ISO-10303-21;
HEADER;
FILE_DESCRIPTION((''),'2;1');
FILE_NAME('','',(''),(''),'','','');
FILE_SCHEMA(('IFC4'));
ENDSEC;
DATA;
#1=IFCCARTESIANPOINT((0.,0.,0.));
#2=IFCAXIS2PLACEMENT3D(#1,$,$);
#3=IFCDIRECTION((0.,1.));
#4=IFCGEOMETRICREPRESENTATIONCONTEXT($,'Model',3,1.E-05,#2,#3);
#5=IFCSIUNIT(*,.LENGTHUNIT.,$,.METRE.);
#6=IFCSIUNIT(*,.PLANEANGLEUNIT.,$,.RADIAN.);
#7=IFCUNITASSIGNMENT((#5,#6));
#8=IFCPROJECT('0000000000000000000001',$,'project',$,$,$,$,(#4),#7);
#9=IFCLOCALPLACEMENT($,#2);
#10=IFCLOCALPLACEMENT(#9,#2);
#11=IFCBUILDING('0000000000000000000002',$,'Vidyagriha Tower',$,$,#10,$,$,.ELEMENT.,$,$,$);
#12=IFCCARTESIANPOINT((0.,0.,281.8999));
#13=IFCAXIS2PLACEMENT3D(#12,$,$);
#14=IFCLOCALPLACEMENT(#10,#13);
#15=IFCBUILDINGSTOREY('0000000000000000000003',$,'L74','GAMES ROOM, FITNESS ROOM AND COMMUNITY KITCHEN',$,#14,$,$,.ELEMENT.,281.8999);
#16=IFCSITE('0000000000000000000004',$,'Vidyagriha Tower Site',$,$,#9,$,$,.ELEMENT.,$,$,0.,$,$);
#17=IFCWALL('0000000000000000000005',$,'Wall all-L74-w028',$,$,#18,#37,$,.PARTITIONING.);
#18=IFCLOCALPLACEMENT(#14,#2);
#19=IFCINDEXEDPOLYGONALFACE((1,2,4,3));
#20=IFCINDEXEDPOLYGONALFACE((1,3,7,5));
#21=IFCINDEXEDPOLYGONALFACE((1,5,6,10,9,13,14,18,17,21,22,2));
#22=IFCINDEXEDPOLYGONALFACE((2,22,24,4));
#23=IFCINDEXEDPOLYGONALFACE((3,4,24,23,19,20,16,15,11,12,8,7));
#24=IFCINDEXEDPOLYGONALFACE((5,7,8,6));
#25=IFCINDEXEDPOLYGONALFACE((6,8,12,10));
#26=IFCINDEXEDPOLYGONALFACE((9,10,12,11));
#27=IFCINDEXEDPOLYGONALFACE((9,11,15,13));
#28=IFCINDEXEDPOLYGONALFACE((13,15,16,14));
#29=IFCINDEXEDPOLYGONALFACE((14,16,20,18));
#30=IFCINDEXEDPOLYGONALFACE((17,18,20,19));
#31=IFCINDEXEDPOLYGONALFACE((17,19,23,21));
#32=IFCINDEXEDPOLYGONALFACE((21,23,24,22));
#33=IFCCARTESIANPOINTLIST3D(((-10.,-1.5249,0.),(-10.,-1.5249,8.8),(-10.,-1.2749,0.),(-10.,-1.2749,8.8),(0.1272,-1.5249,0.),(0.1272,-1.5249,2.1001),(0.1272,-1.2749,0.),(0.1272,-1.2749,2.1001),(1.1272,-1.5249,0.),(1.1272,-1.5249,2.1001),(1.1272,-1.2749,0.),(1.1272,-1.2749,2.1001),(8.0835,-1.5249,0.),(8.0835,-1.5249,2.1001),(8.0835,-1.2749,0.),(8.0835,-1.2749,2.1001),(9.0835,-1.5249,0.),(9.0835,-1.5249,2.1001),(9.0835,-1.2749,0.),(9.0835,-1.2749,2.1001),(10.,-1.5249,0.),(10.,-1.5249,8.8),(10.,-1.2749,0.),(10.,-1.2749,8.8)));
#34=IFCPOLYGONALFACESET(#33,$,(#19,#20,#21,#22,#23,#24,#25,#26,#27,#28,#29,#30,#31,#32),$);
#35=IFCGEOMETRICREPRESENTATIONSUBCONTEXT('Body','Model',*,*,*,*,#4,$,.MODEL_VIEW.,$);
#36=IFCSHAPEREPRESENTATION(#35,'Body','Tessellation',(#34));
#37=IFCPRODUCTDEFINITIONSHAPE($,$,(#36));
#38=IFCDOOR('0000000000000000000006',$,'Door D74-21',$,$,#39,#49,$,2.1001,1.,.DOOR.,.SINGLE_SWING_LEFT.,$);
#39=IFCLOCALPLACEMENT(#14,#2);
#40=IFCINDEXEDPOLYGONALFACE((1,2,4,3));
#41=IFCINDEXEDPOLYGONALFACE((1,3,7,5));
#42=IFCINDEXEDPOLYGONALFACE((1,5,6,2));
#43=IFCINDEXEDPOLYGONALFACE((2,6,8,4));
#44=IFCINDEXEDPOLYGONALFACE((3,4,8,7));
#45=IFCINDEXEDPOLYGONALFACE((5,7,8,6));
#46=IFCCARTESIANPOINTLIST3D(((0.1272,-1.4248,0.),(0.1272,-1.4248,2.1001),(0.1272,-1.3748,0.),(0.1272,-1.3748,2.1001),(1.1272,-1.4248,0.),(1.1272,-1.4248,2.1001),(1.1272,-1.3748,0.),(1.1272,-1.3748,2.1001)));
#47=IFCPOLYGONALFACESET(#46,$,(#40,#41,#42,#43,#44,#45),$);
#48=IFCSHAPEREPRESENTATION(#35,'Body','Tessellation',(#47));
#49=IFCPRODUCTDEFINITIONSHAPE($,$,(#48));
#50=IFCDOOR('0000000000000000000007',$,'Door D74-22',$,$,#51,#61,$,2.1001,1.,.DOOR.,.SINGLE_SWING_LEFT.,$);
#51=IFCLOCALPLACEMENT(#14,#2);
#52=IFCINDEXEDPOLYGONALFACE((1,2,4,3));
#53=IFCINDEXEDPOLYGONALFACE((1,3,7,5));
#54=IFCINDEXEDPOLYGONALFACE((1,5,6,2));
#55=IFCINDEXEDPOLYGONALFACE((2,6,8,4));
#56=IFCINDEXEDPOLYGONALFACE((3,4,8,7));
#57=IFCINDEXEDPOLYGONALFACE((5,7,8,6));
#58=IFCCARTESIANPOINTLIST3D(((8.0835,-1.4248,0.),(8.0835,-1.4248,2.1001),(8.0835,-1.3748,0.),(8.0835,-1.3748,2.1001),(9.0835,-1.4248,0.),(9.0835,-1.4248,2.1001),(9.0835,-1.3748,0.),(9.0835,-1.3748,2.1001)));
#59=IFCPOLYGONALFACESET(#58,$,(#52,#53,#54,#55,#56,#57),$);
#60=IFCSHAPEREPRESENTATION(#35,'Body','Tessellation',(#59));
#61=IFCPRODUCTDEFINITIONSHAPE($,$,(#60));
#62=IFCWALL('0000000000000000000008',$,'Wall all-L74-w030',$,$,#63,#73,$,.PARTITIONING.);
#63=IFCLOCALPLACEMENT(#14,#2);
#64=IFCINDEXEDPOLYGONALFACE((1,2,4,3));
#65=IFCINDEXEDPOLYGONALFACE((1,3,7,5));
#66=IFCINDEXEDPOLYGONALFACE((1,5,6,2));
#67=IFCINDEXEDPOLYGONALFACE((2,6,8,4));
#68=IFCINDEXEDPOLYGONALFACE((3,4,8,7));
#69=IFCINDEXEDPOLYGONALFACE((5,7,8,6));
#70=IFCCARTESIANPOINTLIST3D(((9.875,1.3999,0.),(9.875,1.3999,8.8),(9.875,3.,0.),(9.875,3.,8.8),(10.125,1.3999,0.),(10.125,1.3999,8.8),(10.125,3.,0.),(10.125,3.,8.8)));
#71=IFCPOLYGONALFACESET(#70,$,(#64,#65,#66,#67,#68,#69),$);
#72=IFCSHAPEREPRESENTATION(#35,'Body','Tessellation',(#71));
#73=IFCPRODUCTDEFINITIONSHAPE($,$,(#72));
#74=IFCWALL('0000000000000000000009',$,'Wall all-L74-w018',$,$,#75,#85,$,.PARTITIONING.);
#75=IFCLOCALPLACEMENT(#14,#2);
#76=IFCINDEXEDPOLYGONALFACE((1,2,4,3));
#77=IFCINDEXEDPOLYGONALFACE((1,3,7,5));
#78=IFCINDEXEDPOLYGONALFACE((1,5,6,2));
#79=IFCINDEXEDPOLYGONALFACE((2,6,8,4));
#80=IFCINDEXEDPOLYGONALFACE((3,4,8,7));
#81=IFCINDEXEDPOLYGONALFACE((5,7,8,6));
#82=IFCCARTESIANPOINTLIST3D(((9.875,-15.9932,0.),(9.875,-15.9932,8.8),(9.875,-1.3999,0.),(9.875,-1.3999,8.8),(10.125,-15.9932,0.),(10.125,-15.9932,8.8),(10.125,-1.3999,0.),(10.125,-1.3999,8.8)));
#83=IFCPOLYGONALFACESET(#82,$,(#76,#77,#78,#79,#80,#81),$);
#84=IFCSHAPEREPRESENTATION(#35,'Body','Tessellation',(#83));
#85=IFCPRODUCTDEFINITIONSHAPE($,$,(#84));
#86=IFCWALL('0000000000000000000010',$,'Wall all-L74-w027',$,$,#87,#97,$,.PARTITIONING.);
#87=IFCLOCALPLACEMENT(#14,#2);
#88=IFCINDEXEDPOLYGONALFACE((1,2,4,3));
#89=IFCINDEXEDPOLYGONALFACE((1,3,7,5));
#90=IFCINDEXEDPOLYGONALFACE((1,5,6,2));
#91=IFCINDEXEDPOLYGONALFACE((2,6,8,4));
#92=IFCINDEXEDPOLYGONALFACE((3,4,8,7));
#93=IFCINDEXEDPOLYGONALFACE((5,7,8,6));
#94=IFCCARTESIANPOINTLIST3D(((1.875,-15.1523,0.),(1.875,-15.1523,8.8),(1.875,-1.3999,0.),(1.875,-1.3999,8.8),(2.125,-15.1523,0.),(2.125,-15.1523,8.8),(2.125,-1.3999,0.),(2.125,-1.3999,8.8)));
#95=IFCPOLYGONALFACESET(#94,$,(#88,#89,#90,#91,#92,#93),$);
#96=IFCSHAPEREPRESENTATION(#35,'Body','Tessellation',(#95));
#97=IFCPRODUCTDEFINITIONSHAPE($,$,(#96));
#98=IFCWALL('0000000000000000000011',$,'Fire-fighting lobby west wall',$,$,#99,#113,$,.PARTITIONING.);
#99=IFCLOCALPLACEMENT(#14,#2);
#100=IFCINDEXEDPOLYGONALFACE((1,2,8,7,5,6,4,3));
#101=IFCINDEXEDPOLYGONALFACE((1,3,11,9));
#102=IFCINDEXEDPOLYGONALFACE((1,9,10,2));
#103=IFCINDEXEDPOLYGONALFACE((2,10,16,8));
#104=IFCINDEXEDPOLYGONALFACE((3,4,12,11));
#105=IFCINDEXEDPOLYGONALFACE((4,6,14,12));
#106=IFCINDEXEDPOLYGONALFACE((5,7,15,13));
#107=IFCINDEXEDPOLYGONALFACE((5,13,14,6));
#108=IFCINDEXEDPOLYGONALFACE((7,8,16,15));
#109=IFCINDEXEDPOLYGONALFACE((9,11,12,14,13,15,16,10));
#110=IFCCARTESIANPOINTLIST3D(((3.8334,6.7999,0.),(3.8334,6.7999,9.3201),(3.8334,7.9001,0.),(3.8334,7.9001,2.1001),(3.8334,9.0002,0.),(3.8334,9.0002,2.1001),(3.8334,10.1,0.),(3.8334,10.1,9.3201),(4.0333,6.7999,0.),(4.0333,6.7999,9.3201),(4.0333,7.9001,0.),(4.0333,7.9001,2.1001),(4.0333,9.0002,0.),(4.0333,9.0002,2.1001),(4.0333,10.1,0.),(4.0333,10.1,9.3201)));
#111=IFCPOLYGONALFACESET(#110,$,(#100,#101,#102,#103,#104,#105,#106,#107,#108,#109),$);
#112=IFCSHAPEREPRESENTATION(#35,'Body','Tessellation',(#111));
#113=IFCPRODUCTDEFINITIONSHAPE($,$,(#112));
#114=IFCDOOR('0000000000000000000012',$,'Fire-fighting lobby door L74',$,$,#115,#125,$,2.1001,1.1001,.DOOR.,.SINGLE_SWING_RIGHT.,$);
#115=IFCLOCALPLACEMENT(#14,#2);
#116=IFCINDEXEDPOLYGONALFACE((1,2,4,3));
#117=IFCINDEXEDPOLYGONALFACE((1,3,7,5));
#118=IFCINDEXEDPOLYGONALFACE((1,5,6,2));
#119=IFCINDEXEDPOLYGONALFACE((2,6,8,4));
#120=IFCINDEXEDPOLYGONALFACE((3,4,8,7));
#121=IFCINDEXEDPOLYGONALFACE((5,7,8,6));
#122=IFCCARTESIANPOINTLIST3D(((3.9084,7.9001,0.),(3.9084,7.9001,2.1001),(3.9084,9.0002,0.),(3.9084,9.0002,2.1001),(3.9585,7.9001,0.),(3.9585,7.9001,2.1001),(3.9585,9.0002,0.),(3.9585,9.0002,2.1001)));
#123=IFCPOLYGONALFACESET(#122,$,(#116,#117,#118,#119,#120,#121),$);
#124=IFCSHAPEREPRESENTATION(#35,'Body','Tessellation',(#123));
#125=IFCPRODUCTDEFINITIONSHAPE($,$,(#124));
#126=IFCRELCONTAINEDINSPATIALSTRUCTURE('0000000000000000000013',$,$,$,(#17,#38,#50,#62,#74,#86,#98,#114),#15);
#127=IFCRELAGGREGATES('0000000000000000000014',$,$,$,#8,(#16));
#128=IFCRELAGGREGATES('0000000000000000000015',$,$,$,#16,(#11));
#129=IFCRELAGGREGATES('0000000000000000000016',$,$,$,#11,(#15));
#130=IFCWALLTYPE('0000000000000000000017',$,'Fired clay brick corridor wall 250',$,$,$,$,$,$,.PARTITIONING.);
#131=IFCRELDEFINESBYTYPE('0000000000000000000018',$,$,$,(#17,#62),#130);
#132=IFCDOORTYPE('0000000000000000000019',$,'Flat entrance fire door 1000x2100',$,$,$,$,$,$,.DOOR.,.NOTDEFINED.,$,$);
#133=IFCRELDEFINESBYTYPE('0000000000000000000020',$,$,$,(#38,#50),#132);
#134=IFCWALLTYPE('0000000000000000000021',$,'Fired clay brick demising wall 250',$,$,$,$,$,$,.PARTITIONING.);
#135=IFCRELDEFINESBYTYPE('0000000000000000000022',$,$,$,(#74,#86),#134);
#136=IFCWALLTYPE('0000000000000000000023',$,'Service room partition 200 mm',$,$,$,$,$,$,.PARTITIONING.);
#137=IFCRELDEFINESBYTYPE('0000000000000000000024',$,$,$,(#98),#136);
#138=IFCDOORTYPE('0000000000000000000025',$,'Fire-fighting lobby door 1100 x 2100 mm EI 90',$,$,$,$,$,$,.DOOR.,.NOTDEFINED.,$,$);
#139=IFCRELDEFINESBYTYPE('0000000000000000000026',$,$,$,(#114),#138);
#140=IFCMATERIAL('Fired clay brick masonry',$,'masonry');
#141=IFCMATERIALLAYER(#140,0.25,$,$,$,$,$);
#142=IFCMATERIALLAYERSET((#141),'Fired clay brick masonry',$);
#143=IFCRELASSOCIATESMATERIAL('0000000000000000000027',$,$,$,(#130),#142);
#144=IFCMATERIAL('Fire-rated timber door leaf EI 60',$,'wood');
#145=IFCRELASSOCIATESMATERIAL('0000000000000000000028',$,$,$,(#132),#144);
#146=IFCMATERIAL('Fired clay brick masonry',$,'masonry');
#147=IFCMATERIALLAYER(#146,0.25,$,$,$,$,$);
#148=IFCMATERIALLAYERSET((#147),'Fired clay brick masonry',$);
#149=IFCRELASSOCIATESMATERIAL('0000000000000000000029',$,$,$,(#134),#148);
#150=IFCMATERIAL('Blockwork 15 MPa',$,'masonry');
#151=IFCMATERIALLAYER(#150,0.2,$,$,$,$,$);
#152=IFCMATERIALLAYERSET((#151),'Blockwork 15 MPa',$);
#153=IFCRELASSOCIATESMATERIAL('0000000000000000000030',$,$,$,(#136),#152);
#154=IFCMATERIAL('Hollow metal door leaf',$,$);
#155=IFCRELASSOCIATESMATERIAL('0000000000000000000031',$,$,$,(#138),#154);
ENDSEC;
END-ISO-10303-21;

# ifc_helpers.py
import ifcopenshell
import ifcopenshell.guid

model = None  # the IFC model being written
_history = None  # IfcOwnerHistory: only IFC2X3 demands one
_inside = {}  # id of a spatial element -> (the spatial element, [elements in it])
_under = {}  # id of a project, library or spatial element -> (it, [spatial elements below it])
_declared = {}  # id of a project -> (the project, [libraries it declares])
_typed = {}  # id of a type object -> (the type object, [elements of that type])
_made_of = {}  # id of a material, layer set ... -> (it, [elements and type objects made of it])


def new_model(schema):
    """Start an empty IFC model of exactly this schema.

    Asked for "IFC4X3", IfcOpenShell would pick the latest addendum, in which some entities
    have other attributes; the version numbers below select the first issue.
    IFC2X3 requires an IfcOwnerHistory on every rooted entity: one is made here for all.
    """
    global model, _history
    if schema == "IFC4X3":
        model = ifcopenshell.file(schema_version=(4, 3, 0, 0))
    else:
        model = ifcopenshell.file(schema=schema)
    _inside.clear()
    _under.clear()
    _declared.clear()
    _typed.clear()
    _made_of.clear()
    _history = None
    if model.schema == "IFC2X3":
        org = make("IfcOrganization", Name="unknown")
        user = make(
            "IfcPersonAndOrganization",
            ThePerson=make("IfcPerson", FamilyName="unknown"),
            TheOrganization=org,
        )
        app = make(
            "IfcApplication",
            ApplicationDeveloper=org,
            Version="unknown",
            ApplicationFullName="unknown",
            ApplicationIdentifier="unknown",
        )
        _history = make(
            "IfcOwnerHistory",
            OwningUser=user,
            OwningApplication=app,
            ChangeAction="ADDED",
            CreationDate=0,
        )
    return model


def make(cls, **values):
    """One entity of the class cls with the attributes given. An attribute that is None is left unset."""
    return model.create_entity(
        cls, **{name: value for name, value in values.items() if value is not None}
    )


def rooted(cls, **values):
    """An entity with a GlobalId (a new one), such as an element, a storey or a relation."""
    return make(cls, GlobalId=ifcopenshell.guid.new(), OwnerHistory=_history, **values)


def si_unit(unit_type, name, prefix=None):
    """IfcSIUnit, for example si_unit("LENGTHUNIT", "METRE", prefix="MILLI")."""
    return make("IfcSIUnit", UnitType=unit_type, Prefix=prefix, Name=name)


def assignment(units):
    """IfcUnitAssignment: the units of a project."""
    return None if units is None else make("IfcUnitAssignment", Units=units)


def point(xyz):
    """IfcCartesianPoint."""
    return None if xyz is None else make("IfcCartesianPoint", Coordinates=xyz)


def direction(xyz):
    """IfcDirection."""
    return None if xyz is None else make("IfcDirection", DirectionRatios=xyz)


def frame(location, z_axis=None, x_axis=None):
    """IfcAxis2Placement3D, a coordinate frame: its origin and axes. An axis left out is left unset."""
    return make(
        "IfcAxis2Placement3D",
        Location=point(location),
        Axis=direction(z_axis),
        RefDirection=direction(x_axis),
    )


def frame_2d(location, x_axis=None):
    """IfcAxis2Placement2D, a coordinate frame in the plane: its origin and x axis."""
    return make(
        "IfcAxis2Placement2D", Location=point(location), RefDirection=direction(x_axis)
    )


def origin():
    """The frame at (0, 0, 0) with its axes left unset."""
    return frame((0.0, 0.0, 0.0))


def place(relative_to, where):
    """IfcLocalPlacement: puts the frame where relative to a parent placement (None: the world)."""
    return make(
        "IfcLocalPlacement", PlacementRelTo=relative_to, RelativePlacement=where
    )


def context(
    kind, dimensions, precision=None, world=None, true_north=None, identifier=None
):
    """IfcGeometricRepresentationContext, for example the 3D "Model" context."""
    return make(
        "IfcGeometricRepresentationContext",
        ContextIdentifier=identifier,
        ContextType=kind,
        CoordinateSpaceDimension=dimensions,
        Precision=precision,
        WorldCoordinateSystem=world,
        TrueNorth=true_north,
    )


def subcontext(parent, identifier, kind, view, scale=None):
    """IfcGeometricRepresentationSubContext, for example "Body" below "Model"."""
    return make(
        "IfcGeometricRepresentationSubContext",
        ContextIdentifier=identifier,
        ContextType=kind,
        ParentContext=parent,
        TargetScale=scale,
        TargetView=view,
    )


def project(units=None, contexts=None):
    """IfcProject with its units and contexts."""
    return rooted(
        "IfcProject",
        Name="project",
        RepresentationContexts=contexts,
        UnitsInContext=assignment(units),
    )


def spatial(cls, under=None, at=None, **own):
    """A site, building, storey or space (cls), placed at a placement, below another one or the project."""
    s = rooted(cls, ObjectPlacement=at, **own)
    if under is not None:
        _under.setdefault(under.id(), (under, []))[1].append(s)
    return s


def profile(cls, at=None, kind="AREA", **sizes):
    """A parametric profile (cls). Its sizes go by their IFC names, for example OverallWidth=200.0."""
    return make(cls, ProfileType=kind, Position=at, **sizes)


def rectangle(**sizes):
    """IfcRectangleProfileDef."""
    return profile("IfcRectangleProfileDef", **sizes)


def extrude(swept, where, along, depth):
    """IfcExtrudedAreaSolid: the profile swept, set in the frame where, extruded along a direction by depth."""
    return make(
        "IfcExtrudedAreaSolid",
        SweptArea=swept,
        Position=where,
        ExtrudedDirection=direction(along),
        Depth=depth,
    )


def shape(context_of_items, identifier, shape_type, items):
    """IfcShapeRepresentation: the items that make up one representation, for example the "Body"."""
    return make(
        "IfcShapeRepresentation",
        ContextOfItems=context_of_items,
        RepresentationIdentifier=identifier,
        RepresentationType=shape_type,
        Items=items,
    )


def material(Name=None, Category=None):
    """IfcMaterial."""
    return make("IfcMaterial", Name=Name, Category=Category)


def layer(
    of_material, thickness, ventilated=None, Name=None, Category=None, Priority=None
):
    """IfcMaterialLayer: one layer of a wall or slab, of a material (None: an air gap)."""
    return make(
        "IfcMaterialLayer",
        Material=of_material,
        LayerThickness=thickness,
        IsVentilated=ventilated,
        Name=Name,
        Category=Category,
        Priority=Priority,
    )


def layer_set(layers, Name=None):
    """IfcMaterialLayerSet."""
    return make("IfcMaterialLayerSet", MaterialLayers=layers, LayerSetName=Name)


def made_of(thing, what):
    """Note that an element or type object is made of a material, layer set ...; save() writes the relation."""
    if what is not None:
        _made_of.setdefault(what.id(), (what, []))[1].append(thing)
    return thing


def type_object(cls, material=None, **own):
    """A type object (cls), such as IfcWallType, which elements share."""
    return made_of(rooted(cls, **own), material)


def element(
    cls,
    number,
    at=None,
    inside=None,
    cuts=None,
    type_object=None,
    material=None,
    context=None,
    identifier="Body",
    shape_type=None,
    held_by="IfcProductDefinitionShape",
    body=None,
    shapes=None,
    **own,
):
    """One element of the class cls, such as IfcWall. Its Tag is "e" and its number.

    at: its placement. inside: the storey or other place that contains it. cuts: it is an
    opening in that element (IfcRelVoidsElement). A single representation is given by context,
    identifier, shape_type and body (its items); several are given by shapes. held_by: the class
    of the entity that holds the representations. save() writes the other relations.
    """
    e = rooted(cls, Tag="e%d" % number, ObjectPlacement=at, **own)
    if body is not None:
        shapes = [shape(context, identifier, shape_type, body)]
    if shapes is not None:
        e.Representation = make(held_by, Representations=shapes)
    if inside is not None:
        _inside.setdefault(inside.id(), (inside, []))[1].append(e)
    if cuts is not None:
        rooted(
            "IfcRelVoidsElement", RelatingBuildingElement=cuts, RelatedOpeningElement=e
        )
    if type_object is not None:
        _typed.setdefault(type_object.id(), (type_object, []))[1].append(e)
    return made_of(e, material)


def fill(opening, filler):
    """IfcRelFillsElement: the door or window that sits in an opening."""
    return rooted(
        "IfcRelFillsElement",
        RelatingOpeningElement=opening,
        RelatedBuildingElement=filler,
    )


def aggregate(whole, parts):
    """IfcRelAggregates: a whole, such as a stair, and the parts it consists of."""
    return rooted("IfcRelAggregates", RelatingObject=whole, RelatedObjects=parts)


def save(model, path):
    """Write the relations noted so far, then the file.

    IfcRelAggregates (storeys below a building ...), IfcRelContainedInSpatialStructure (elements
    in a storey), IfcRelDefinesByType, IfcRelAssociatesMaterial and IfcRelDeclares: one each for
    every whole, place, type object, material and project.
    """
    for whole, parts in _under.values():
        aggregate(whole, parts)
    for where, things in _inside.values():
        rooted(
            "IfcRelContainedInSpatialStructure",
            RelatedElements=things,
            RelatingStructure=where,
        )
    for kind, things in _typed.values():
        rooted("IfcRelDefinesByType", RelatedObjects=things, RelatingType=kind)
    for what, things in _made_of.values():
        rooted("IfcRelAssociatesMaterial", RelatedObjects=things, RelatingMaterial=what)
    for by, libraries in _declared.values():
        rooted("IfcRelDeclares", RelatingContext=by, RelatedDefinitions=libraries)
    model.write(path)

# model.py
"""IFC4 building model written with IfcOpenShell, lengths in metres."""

from ifc_helpers import new_model, si_unit, direction, frame, frame_2d, origin, place, context, subcontext, project, spatial, rectangle, extrude, material, layer, layer_set, type_object, element, fill, save


model = new_model("IFC4")

# Units and contexts
model_context = context("Model", 3, precision=1e-05, world=origin(), true_north=direction((0.0, 1.0)))
body_context = subcontext(model_context, "Body", "Model", "MODEL_VIEW")
ifc_project = project(units=[si_unit("LENGTHUNIT", "METRE"), si_unit("PLANEANGLEUNIT", "RADIAN")], contexts=[model_context])

# Site, building, storey
site_placement = place(None, origin())
site = spatial("IfcSite", under=ifc_project, at=site_placement, Name="Vidyagriha Tower Site", CompositionType="ELEMENT", RefElevation=0.0)
building_placement = place(site_placement, origin())
building = spatial("IfcBuilding", under=site, at=building_placement, Name="Vidyagriha Tower", CompositionType="ELEMENT")
storey_placement = place(building_placement, frame((0.0, 0.0, 281.8999)))
storey = spatial("IfcBuildingStorey", under=building, at=storey_placement, Name="L74", Description="GAMES ROOM, FITNESS ROOM AND COMMUNITY KITCHEN", CompositionType="ELEMENT", Elevation=281.8999)

# Wall, openings, doors
ifc_material_1 = material(Name="Fired clay brick masonry", Category="masonry")
ifc_layer_1 = layer(ifc_material_1, 0.25)
ifc_layer_set_1 = layer_set([ifc_layer_1], Name="Fired clay brick masonry")
wall_type_1 = type_object("IfcWallType", Name="Fired clay brick corridor wall 250", PredefinedType="PARTITIONING", material=ifc_layer_set_1)
ifc_material_2 = material(Name="Fire-rated timber door leaf EI 60", Category="wood")
door_type_1 = type_object("IfcDoorType", Name="Flat entrance fire door 1000x2100", OperationType="NOTDEFINED", PredefinedType="DOOR", material=ifc_material_2)
wall_1_placement = place(storey_placement, frame((10.0, -1.3999, 0.0), z_axis=(0.0, 0.0, 1.0), x_axis=(-1.0, 0.0, 0.0)))
wall_1 = element("IfcWall", 1, at=wall_1_placement, inside=storey, type_object=wall_type_1, Name="Wall all-L74-w028", PredefinedType="PARTITIONING", context=body_context, shape_type="SweptSolid", body=[
    extrude(rectangle(XDim=20.0, YDim=0.25, at=frame_2d((10.0, 0.0))), origin(), (0.0, 0.0, 1.0), 8.8),
])
opening_1_placement = place(wall_1_placement, frame((8.8728, 0.0, 0.0)))
opening_1 = element("IfcOpeningElement", 2, at=opening_1_placement, cuts=wall_1, PredefinedType="OPENING", context=body_context, shape_type="SweptSolid", body=[
    extrude(rectangle(XDim=1.0, YDim=2.1001, at=frame_2d((0.5, 1.05))), frame((0.0, 0.135, 0.0), z_axis=(0.0, -1.0, 0.0), x_axis=(1.0, 0.0, 0.0)), (0.0, 0.0, 1.0), 0.27),
])
opening_2_placement = place(wall_1_placement, frame((0.9165, 0.0, 0.0)))
opening_2 = element("IfcOpeningElement", 3, at=opening_2_placement, cuts=wall_1, PredefinedType="OPENING", context=body_context, shape_type="SweptSolid", body=[
    extrude(rectangle(XDim=1.0, YDim=2.1001, at=frame_2d((0.5, 1.05))), frame((0.0, 0.135, 0.0), z_axis=(0.0, -1.0, 0.0), x_axis=(1.0, 0.0, 0.0)), (0.0, 0.0, 1.0), 0.27),
])
door_1_placement = place(opening_1_placement, origin())
door_1 = element("IfcDoor", 4, at=door_1_placement, inside=storey, type_object=door_type_1, Name="Door D74-21", OperationType="SINGLE_SWING_LEFT", OverallHeight=2.1001, OverallWidth=1.0, PredefinedType="DOOR", context=body_context, shape_type="SweptSolid", body=[
    extrude(rectangle(XDim=1.0, YDim=2.1001, at=frame_2d((0.5, 1.05))), frame((0.0, 0.0249, 0.0), z_axis=(0.0, -1.0, 0.0), x_axis=(1.0, 0.0, 0.0)), (0.0, 0.0, 1.0), 0.05),
])
fill(opening_1, door_1)
door_2_placement = place(opening_2_placement, origin())
door_2 = element("IfcDoor", 5, at=door_2_placement, inside=storey, type_object=door_type_1, Name="Door D74-22", OperationType="SINGLE_SWING_LEFT", OverallHeight=2.1001, OverallWidth=1.0, PredefinedType="DOOR", context=body_context, shape_type="SweptSolid", body=[
    extrude(rectangle(XDim=1.0, YDim=2.1001, at=frame_2d((0.5, 1.05))), frame((0.0, 0.0249, 0.0), z_axis=(0.0, -1.0, 0.0), x_axis=(1.0, 0.0, 0.0)), (0.0, 0.0, 1.0), 0.05),
])
fill(opening_2, door_2)

# Walls
wall_2_placement = place(storey_placement, frame((10.0, 1.3999, 0.0), z_axis=(0.0, 0.0, 1.0), x_axis=(0.0, 1.0, 0.0)))
element("IfcWall", 6, at=wall_2_placement, inside=storey, type_object=wall_type_1, Name="Wall all-L74-w030", PredefinedType="PARTITIONING", context=body_context, shape_type="SweptSolid", body=[
    extrude(rectangle(XDim=1.6001, YDim=0.25, at=frame_2d((0.8, 0.0))), origin(), (0.0, 0.0, 1.0), 8.8),
])
ifc_material_3 = material(Name="Fired clay brick masonry", Category="masonry")
ifc_layer_2 = layer(ifc_material_3, 0.25)
ifc_layer_set_2 = layer_set([ifc_layer_2], Name="Fired clay brick masonry")
wall_type_2 = type_object("IfcWallType", Name="Fired clay brick demising wall 250", PredefinedType="PARTITIONING", material=ifc_layer_set_2)
wall_3_placement = place(storey_placement, frame((10.0, -1.3999, 0.0), z_axis=(0.0, 0.0, 1.0), x_axis=(0.0, -1.0, 0.0)))
element("IfcWall", 7, at=wall_3_placement, inside=storey, type_object=wall_type_2, Name="Wall all-L74-w018", PredefinedType="PARTITIONING", context=body_context, shape_type="SweptSolid", body=[
    extrude(rectangle(XDim=14.5933, YDim=0.25, at=frame_2d((7.2966, 0.0))), origin(), (0.0, 0.0, 1.0), 8.8),
])
wall_4_placement = place(storey_placement, frame((2.0, -1.3999, 0.0), z_axis=(0.0, 0.0, 1.0), x_axis=(0.0, -1.0, 0.0)))
element("IfcWall", 8, at=wall_4_placement, inside=storey, type_object=wall_type_2, Name="Wall all-L74-w027", PredefinedType="PARTITIONING", context=body_context, shape_type="SweptSolid", body=[
    extrude(rectangle(XDim=13.7524, YDim=0.25, at=frame_2d((6.8762, 0.0))), origin(), (0.0, 0.0, 1.0), 8.8),
])

# Wall, opening, door
ifc_material_4 = material(Name="Blockwork 15 MPa", Category="masonry")
ifc_layer_3 = layer(ifc_material_4, 0.2)
ifc_layer_set_3 = layer_set([ifc_layer_3], Name="Blockwork 15 MPa")
wall_type_3 = type_object("IfcWallType", Name="Service room partition 200 mm", PredefinedType="PARTITIONING", material=ifc_layer_set_3)
wall_5_placement = place(storey_placement, frame((3.9333, 6.8, 0.0), z_axis=(0.0, 0.0, 1.0), x_axis=(0.0, 1.0, 0.0)))
wall_5 = element("IfcWall", 9, at=wall_5_placement, inside=storey, type_object=wall_type_3, Name="Fire-fighting lobby west wall", PredefinedType="PARTITIONING", context=body_context, shape_type="SweptSolid", body=[
    extrude(rectangle(XDim=3.3, YDim=0.2, at=frame_2d((1.6499, 0.0))), origin(), (0.0, 0.0, 1.0), 9.3201),
])
opening_3_placement = place(wall_5_placement, frame((1.1001, 0.0, 0.0)))
opening_3 = element("IfcOpeningElement", 10, at=opening_3_placement, cuts=wall_5, PredefinedType="OPENING", context=body_context, shape_type="SweptSolid", body=[
    extrude(rectangle(XDim=1.1001, YDim=2.1001, at=frame_2d((0.55, 1.05))), frame((0.0, 0.1099, 0.0), z_axis=(0.0, -1.0, 0.0), x_axis=(1.0, 0.0, 0.0)), (0.0, 0.0, 1.0), 0.22),
])
ifc_material_5 = material(Name="Hollow metal door leaf")
door_type_2 = type_object("IfcDoorType", Name="Fire-fighting lobby door 1100 x 2100 mm EI 90", OperationType="NOTDEFINED", PredefinedType="DOOR", material=ifc_material_5)
door_3_placement = place(opening_3_placement, origin())
door_3 = element("IfcDoor", 11, at=door_3_placement, inside=storey, type_object=door_type_2, Name="Fire-fighting lobby door L74", OperationType="SINGLE_SWING_RIGHT", OverallHeight=2.1001, OverallWidth=1.1001, PredefinedType="DOOR", context=body_context, shape_type="SweptSolid", body=[
    extrude(rectangle(XDim=1.1001, YDim=2.1001, at=frame_2d((0.55, 1.05))), frame((0.0, 0.0249, 0.0), z_axis=(0.0, -1.0, 0.0), x_axis=(1.0, 0.0, 0.0)), (0.0, 0.0, 1.0), 0.05),
])
fill(opening_3, door_3)

save(model, "model.ifc")
